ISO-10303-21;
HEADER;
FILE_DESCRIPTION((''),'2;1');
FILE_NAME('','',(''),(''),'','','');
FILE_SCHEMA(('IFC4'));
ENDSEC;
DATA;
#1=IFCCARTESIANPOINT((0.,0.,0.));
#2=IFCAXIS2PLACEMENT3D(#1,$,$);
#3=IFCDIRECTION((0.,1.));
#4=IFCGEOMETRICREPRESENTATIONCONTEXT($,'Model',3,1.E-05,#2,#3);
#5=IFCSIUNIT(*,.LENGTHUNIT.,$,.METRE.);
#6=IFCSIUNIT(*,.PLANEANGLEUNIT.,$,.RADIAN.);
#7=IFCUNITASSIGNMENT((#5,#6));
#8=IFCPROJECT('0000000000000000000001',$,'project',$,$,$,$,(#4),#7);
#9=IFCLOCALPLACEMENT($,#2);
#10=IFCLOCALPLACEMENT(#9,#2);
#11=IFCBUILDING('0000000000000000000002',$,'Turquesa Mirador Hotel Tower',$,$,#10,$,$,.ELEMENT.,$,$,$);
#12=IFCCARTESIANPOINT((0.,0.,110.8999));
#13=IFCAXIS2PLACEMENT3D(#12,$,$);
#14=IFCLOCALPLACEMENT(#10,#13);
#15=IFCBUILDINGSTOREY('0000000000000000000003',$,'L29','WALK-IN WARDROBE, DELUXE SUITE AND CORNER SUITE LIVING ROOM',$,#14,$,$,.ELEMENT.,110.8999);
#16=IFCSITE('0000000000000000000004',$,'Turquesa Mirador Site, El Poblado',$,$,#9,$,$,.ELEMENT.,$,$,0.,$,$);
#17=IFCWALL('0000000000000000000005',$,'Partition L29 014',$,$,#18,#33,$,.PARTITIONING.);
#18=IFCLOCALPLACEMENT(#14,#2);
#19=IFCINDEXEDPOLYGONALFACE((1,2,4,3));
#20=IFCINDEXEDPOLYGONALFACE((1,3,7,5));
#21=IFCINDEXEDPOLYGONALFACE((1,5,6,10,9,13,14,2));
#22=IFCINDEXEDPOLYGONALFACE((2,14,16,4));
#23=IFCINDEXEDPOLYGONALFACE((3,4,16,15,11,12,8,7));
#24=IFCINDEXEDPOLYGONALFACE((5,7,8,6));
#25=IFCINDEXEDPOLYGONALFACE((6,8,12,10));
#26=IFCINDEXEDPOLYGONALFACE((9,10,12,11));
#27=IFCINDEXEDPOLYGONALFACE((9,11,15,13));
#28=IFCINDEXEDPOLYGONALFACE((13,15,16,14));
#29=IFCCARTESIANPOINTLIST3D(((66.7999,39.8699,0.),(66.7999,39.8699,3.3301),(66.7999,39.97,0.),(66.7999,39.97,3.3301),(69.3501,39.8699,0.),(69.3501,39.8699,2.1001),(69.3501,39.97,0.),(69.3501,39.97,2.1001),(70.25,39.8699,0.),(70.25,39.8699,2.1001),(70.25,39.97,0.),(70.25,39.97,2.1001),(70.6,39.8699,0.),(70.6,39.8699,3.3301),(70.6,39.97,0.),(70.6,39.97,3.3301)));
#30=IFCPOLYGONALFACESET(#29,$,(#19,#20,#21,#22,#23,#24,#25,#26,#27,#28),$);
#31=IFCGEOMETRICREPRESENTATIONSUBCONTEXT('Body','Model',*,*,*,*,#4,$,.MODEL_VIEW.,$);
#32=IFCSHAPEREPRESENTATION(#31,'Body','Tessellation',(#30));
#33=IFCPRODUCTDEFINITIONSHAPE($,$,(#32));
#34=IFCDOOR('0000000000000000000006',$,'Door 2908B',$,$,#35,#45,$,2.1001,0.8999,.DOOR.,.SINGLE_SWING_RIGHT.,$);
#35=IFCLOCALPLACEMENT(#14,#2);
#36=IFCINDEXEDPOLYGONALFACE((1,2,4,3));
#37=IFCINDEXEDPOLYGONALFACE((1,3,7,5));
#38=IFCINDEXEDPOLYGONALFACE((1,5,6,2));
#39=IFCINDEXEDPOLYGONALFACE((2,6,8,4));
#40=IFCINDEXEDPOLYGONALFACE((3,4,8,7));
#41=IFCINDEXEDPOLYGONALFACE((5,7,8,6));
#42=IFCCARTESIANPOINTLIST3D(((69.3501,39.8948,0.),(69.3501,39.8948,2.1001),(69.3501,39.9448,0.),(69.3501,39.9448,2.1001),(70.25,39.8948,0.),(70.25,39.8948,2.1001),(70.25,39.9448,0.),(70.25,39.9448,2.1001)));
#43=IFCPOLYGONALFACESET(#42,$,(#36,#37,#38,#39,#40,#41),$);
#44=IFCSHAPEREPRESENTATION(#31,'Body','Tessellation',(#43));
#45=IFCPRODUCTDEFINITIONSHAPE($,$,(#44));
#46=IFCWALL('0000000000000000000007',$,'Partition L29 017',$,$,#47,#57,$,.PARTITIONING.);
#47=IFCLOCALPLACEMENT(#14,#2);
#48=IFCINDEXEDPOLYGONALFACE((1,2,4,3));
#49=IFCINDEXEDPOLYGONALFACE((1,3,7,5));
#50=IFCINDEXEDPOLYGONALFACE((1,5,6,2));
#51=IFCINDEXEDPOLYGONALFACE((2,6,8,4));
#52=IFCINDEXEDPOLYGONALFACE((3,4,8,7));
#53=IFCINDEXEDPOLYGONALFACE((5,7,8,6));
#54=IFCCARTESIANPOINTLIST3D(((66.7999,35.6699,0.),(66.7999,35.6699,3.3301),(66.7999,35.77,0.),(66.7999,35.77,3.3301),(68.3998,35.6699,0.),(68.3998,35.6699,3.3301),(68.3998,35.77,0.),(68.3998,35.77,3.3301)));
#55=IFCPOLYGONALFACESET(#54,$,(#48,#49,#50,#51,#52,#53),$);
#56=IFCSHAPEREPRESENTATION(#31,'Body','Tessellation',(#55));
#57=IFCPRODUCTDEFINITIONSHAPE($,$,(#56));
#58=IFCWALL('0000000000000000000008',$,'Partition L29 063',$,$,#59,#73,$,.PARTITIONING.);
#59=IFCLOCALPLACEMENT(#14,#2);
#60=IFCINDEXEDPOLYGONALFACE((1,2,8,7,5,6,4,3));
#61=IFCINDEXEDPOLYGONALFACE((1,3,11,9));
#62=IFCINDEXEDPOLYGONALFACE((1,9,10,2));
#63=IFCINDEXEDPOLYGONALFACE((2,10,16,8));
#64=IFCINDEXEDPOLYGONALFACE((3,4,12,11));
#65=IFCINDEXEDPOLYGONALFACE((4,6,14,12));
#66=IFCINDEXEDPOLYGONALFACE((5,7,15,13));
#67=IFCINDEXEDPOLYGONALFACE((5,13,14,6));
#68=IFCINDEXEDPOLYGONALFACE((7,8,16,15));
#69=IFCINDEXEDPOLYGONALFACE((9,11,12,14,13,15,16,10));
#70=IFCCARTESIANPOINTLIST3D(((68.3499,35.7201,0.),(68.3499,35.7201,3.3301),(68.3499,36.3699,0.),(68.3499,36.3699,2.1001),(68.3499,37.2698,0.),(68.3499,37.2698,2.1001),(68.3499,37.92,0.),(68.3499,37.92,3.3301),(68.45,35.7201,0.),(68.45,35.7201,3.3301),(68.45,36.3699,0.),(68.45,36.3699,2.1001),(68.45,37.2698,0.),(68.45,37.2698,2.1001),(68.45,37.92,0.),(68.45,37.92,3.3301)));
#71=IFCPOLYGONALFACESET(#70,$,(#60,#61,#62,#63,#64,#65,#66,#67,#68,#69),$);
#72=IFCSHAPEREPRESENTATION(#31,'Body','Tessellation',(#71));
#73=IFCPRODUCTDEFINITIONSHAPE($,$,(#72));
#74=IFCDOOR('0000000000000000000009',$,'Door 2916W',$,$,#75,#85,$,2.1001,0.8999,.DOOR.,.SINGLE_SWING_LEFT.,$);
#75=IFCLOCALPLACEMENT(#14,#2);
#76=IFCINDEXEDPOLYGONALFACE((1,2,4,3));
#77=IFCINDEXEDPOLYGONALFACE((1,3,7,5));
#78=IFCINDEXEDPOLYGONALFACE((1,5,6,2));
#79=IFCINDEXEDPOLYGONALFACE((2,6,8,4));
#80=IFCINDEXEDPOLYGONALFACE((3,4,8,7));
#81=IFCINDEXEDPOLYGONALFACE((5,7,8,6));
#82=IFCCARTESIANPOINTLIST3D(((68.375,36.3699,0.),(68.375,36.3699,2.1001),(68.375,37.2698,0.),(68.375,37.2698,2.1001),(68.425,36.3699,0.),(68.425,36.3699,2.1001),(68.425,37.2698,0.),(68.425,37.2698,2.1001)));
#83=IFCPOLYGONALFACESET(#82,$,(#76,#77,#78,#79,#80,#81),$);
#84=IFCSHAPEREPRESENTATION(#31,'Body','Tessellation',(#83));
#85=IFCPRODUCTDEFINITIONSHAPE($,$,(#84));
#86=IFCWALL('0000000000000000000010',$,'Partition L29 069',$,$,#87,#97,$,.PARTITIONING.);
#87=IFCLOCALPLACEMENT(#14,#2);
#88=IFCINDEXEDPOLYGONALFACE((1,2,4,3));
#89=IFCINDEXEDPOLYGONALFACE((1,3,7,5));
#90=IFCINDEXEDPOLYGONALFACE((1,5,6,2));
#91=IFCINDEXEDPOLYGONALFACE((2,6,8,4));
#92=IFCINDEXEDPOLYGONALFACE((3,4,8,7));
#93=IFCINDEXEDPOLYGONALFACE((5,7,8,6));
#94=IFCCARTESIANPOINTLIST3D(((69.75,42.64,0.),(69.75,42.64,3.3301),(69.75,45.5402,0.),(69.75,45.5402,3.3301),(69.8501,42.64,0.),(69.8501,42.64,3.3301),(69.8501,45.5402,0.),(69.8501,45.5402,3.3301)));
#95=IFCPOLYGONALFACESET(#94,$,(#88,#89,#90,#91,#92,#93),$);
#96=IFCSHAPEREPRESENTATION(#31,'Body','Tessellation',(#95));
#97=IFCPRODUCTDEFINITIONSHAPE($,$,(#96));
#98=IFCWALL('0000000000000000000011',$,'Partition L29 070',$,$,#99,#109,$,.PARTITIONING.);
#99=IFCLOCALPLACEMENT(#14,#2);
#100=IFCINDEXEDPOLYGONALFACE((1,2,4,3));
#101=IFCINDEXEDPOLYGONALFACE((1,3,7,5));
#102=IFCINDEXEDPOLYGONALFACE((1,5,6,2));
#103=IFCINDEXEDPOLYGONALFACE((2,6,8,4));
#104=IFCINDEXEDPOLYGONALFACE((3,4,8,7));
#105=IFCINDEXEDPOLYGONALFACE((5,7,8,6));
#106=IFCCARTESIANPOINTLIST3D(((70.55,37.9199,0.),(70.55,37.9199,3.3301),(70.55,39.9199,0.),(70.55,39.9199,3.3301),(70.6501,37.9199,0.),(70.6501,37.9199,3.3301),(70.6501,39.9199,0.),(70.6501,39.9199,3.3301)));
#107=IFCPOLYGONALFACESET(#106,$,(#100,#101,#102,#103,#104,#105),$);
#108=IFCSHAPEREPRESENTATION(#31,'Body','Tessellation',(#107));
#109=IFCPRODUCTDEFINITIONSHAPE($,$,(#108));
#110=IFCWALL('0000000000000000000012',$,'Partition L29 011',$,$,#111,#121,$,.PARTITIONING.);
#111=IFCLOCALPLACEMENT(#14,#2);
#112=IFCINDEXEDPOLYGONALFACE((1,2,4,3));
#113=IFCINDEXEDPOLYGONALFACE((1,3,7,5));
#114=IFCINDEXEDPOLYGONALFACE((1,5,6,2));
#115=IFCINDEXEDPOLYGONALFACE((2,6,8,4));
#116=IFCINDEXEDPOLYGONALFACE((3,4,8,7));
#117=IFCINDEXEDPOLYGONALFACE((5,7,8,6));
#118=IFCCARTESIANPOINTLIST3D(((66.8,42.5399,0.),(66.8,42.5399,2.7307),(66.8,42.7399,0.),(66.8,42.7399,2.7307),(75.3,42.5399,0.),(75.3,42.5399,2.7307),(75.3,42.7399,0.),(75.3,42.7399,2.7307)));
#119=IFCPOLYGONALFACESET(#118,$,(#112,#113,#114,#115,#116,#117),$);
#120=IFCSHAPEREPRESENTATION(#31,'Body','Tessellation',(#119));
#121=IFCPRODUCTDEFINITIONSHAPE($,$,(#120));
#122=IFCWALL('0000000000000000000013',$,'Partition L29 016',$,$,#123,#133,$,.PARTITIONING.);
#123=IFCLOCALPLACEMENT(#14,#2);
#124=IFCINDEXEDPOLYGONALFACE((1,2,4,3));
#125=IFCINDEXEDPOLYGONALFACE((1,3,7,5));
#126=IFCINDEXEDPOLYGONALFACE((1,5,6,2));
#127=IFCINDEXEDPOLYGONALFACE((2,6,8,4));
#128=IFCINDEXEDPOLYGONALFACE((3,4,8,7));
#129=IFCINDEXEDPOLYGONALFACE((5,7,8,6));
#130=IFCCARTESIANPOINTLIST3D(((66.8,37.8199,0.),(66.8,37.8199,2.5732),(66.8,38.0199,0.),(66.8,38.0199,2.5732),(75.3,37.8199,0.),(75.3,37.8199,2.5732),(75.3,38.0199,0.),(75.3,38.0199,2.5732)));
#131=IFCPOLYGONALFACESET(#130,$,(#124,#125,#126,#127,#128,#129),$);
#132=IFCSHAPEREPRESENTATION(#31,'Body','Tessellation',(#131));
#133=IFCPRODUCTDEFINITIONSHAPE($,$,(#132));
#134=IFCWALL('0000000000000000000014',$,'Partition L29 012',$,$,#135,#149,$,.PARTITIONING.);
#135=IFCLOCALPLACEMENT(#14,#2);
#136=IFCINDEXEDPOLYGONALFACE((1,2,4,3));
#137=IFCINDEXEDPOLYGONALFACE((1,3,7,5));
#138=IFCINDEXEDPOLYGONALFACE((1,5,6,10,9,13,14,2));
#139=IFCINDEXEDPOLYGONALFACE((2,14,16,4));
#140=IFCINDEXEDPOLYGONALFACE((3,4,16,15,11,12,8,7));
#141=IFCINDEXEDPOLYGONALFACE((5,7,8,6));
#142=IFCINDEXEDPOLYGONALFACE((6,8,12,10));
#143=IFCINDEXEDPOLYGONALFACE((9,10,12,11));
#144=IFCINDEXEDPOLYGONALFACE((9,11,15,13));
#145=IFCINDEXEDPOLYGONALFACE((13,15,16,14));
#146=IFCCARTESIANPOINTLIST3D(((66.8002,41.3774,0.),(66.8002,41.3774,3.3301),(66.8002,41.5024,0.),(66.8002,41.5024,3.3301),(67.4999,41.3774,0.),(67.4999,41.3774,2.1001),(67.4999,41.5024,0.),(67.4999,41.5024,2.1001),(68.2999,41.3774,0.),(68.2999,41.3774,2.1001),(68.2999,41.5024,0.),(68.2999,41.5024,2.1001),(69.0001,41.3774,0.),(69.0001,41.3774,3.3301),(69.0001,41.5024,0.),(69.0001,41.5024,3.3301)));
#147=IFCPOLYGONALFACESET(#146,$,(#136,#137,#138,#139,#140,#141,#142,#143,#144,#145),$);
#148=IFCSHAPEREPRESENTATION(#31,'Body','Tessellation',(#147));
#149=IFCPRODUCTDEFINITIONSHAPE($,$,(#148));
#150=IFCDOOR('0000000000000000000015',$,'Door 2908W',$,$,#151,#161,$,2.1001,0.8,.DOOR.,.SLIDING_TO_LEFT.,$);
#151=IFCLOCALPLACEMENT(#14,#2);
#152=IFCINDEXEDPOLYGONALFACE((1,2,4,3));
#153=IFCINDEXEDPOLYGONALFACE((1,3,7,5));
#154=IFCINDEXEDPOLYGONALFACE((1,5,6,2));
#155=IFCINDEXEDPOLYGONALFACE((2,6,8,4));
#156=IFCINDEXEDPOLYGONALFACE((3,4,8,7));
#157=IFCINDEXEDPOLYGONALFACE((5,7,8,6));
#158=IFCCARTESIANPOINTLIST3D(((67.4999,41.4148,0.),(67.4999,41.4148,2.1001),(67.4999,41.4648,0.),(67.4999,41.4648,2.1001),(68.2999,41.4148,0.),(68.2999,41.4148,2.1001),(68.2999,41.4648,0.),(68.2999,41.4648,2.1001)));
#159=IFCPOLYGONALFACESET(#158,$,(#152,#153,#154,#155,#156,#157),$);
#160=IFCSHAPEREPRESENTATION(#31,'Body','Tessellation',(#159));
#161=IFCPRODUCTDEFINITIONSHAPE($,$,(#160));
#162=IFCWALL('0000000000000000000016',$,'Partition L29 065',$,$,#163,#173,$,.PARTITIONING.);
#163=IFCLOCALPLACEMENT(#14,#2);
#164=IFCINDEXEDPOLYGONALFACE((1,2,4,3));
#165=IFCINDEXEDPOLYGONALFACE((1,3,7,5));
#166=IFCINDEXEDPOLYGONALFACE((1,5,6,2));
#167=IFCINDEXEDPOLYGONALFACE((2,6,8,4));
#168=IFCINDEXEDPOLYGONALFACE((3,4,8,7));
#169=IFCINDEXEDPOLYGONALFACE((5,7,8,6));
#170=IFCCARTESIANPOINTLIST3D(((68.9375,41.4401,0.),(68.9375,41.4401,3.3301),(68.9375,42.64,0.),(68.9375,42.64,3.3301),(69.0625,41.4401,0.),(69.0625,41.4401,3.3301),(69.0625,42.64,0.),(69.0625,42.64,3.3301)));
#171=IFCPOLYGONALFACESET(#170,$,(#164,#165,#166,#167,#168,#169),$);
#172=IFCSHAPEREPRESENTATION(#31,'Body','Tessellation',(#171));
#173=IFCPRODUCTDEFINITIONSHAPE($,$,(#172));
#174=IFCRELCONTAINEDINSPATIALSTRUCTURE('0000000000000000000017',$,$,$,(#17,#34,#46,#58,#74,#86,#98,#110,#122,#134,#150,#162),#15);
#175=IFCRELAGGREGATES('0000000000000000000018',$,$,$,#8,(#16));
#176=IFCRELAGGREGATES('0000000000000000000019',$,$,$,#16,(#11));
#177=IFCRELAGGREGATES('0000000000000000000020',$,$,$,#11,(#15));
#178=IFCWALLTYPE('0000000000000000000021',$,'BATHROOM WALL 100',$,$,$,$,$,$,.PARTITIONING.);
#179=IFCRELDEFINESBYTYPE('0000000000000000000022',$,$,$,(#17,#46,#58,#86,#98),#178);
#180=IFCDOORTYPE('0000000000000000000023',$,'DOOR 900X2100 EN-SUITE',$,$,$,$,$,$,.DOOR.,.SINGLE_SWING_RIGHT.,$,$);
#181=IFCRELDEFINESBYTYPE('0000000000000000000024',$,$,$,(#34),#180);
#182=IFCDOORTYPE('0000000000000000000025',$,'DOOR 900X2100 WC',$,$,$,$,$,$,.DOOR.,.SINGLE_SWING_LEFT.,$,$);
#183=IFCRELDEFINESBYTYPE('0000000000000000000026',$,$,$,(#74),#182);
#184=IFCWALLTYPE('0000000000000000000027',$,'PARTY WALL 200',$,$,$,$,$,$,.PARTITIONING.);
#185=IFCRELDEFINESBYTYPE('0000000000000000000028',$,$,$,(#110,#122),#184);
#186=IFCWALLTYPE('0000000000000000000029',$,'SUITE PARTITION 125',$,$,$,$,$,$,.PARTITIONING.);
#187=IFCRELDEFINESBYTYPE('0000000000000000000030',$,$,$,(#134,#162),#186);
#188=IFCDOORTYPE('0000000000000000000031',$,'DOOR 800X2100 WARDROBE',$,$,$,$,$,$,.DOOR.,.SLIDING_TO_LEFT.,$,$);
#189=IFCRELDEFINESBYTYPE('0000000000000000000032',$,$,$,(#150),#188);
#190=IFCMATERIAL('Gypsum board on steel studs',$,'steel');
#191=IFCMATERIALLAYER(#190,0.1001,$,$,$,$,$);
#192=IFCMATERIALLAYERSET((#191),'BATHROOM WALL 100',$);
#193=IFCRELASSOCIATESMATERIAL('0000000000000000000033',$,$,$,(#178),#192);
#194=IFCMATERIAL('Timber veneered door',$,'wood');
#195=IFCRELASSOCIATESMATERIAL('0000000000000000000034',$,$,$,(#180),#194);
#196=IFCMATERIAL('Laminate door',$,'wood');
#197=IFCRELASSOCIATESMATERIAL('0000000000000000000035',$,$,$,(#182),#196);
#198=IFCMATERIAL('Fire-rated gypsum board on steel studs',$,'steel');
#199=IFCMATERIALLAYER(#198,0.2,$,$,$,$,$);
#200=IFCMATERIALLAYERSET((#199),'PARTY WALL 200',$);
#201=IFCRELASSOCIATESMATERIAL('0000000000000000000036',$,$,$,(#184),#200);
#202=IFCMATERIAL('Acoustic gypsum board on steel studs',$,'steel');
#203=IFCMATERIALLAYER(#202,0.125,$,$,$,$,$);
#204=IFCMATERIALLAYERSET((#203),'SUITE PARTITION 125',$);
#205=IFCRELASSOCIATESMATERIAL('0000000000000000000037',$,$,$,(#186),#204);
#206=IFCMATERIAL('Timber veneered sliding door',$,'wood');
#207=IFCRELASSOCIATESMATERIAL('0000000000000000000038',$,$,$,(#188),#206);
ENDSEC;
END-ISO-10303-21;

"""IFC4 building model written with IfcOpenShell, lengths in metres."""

from ifc_helpers import new_model, si_unit, direction, frame, frame_2d, origin, place, context, subcontext, project, spatial, rectangle, extrude, material, layer, layer_set, type_object, element, fill, save


model = new_model("IFC4")

# Units and contexts
model_context = context("Model", 3, precision=1e-05, world=origin(), true_north=direction((0.0, 1.0)))
body_context = subcontext(model_context, "Body", "Model", "MODEL_VIEW")
ifc_project = project(units=[si_unit("LENGTHUNIT", "METRE"), si_unit("PLANEANGLEUNIT", "RADIAN")], contexts=[model_context])

# Site, building, storey
site_placement = place(None, origin())
site = spatial("IfcSite", under=ifc_project, at=site_placement, Name="Turquesa Mirador Site, El Poblado", CompositionType="ELEMENT", RefElevation=0.0)
building_placement = place(site_placement, origin())
building = spatial("IfcBuilding", under=site, at=building_placement, Name="Turquesa Mirador Hotel Tower", CompositionType="ELEMENT")
storey_placement = place(building_placement, frame((0.0, 0.0, 110.8999)))
storey = spatial("IfcBuildingStorey", under=building, at=storey_placement, Name="L29", Description="WALK-IN WARDROBE, DELUXE SUITE AND CORNER SUITE LIVING ROOM", CompositionType="ELEMENT", Elevation=110.8999)

# Wall, opening, door
ifc_material_1 = material(Name="Gypsum board on steel studs", Category="steel")
ifc_layer_1 = layer(ifc_material_1, 0.1001)
ifc_layer_set_1 = layer_set([ifc_layer_1], Name="BATHROOM WALL 100")
wall_type_1 = type_object("IfcWallType", Name="BATHROOM WALL 100", PredefinedType="PARTITIONING", material=ifc_layer_set_1)
wall_1_placement = place(storey_placement, frame((66.8, 39.9199, 0.0), z_axis=(0.0, 0.0, 1.0), x_axis=(1.0, 0.0, 0.0)))
wall_1 = element("IfcWall", 1, at=wall_1_placement, inside=storey, type_object=wall_type_1, Name="Partition L29 014", PredefinedType="PARTITIONING", context=body_context, shape_type="SweptSolid", body=[
    extrude(rectangle(XDim=3.8, YDim=0.1001, at=frame_2d((1.8999, 0.0))), origin(), (0.0, 0.0, 1.0), 3.3301),
])
opening_1_placement = place(wall_1_placement, frame((2.55, 0.0, 0.0)))
opening_1 = element("IfcOpeningElement", 2, at=opening_1_placement, cuts=wall_1, PredefinedType="OPENING", context=body_context, shape_type="SweptSolid", body=[
    extrude(rectangle(XDim=0.8999, YDim=2.1001, at=frame_2d((0.45, 1.05))), frame((0.0, 0.0601, 0.0), z_axis=(0.0, -1.0, 0.0), x_axis=(1.0, 0.0, 0.0)), (0.0, 0.0, 1.0), 0.1201),
])
ifc_material_2 = material(Name="Timber veneered door", Category="wood")
door_type_1 = type_object("IfcDoorType", Name="DOOR 900X2100 EN-SUITE", OperationType="SINGLE_SWING_RIGHT", PredefinedType="DOOR", material=ifc_material_2)
door_1_placement = place(opening_1_placement, origin())
door_1 = element("IfcDoor", 3, at=door_1_placement, inside=storey, type_object=door_type_1, Name="Door 2908B", OperationType="SINGLE_SWING_RIGHT", OverallHeight=2.1001, OverallWidth=0.8999, PredefinedType="DOOR", context=body_context, shape_type="SweptSolid", body=[
    extrude(rectangle(XDim=0.8999, YDim=2.1001, at=frame_2d((0.45, 1.05))), frame((0.0, 0.0249, 0.0), z_axis=(0.0, -1.0, 0.0), x_axis=(1.0, 0.0, 0.0)), (0.0, 0.0, 1.0), 0.05),
])
fill(opening_1, door_1)

# Wall
wall_2_placement = place(storey_placement, frame((66.8, 35.72, 0.0), z_axis=(0.0, 0.0, 1.0), x_axis=(1.0, 0.0, 0.0)))
element("IfcWall", 4, at=wall_2_placement, inside=storey, type_object=wall_type_1, Name="Partition L29 017", PredefinedType="PARTITIONING", context=body_context, shape_type="SweptSolid", body=[
    extrude(rectangle(XDim=1.5999, YDim=0.1001, at=frame_2d((0.7998, 0.0))), origin(), (0.0, 0.0, 1.0), 3.3301),
])

# Wall, opening, door
wall_3_placement = place(storey_placement, frame((68.3999, 35.72, 0.0), z_axis=(0.0, 0.0, 1.0), x_axis=(0.0, 1.0, 0.0)))
wall_3 = element("IfcWall", 5, at=wall_3_placement, inside=storey, type_object=wall_type_1, Name="Partition L29 063", PredefinedType="PARTITIONING", context=body_context, shape_type="SweptSolid", body=[
    extrude(rectangle(XDim=2.2, YDim=0.1001, at=frame_2d((1.1001, 0.0))), origin(), (0.0, 0.0, 1.0), 3.3301),
])
opening_2_placement = place(wall_3_placement, frame((0.6499, 0.0, 0.0)))
opening_2 = element("IfcOpeningElement", 6, at=opening_2_placement, cuts=wall_3, PredefinedType="OPENING", context=body_context, shape_type="SweptSolid", body=[
    extrude(rectangle(XDim=0.8999, YDim=2.1001, at=frame_2d((0.45, 1.05))), frame((0.0, 0.0601, 0.0), z_axis=(0.0, -1.0, 0.0), x_axis=(1.0, 0.0, 0.0)), (0.0, 0.0, 1.0), 0.1201),
])
ifc_material_3 = material(Name="Laminate door", Category="wood")
door_type_2 = type_object("IfcDoorType", Name="DOOR 900X2100 WC", OperationType="SINGLE_SWING_LEFT", PredefinedType="DOOR", material=ifc_material_3)
door_2_placement = place(opening_2_placement, origin())
door_2 = element("IfcDoor", 7, at=door_2_placement, inside=storey, type_object=door_type_2, Name="Door 2916W", OperationType="SINGLE_SWING_LEFT", OverallHeight=2.1001, OverallWidth=0.8999, PredefinedType="DOOR", context=body_context, shape_type="SweptSolid", body=[
    extrude(rectangle(XDim=0.8999, YDim=2.1001, at=frame_2d((0.45, 1.05))), frame((0.0, 0.0249, 0.0), z_axis=(0.0, -1.0, 0.0), x_axis=(1.0, 0.0, 0.0)), (0.0, 0.0, 1.0), 0.05),
])
fill(opening_2, door_2)

# Walls
wall_4_placement = place(storey_placement, frame((69.8, 42.6399, 0.0), z_axis=(0.0, 0.0, 1.0), x_axis=(0.0, 1.0, 0.0)))
element("IfcWall", 8, at=wall_4_placement, inside=storey, type_object=wall_type_1, Name="Partition L29 069", PredefinedType="PARTITIONING", context=body_context, shape_type="SweptSolid", body=[
    extrude(rectangle(XDim=2.9001, YDim=0.1001, at=frame_2d((1.4502, 0.0))), origin(), (0.0, 0.0, 1.0), 3.3301),
])
wall_5_placement = place(storey_placement, frame((70.6001, 37.9199, 0.0), z_axis=(0.0, 0.0, 1.0), x_axis=(0.0, 1.0, 0.0)))
element("IfcWall", 9, at=wall_5_placement, inside=storey, type_object=wall_type_1, Name="Partition L29 070", PredefinedType="PARTITIONING", context=body_context, shape_type="SweptSolid", body=[
    extrude(rectangle(XDim=2.0, YDim=0.1001, at=frame_2d((1.0, 0.0))), origin(), (0.0, 0.0, 1.0), 3.3301),
])
ifc_material_4 = material(Name="Fire-rated gypsum board on steel studs", Category="steel")
ifc_layer_2 = layer(ifc_material_4, 0.2)
ifc_layer_set_2 = layer_set([ifc_layer_2], Name="PARTY WALL 200")
wall_type_2 = type_object("IfcWallType", Name="PARTY WALL 200", PredefinedType="PARTITIONING", material=ifc_layer_set_2)
wall_6_placement = place(storey_placement, frame((66.8, 42.6399, 0.0), z_axis=(0.0, 0.0, 1.0), x_axis=(1.0, 0.0, 0.0)))
element("IfcWall", 10, at=wall_6_placement, inside=storey, type_object=wall_type_2, Name="Partition L29 011", PredefinedType="PARTITIONING", context=body_context, shape_type="SweptSolid", body=[
    extrude(rectangle(XDim=8.5, YDim=0.2, at=frame_2d((4.25, 0.0))), origin(), (0.0, 0.0, 1.0), 2.7307),
])
wall_7_placement = place(storey_placement, frame((66.8, 37.9199, 0.0), z_axis=(0.0, 0.0, 1.0), x_axis=(1.0, 0.0, 0.0)))
element("IfcWall", 11, at=wall_7_placement, inside=storey, type_object=wall_type_2, Name="Partition L29 016", PredefinedType="PARTITIONING", context=body_context, shape_type="SweptSolid", body=[
    extrude(rectangle(XDim=8.5, YDim=0.2, at=frame_2d((4.25, 0.0))), origin(), (0.0, 0.0, 1.0), 2.5732),
])

# Wall, opening, door
ifc_material_5 = material(Name="Acoustic gypsum board on steel studs", Category="steel")
ifc_layer_3 = layer(ifc_material_5, 0.125)
ifc_layer_set_3 = layer_set([ifc_layer_3], Name="SUITE PARTITION 125")
wall_type_3 = type_object("IfcWallType", Name="SUITE PARTITION 125", PredefinedType="PARTITIONING", material=ifc_layer_set_3)
wall_8_placement = place(storey_placement, frame((66.8, 41.4399, 0.0), z_axis=(0.0, 0.0, 1.0), x_axis=(1.0, 0.0, 0.0)))
wall_8 = element("IfcWall", 12, at=wall_8_placement, inside=storey, type_object=wall_type_3, Name="Partition L29 012", PredefinedType="PARTITIONING", context=body_context, shape_type="SweptSolid", body=[
    extrude(rectangle(XDim=2.2, YDim=0.125, at=frame_2d((1.1001, 0.0))), origin(), (0.0, 0.0, 1.0), 3.3301),
])
opening_3_placement = place(wall_8_placement, frame((0.7, 0.0, 0.0)))
opening_3 = element("IfcOpeningElement", 13, at=opening_3_placement, cuts=wall_8, PredefinedType="OPENING", context=body_context, shape_type="SweptSolid", body=[
    extrude(rectangle(XDim=0.8, YDim=2.1001, at=frame_2d((0.3999, 1.05))), frame((0.0, 0.0725, 0.0), z_axis=(0.0, -1.0, 0.0), x_axis=(1.0, 0.0, 0.0)), (0.0, 0.0, 1.0), 0.145),
])
ifc_material_6 = material(Name="Timber veneered sliding door", Category="wood")
door_type_3 = type_object("IfcDoorType", Name="DOOR 800X2100 WARDROBE", OperationType="SLIDING_TO_LEFT", PredefinedType="DOOR", material=ifc_material_6)
door_3_placement = place(opening_3_placement, origin())
door_3 = element("IfcDoor", 14, at=door_3_placement, inside=storey, type_object=door_type_3, Name="Door 2908W", OperationType="SLIDING_TO_LEFT", OverallHeight=2.1001, OverallWidth=0.8, PredefinedType="DOOR", context=body_context, shape_type="SweptSolid", body=[
    extrude(rectangle(XDim=0.8, YDim=2.1001, at=frame_2d((0.3999, 1.05))), frame((0.0, 0.0249, 0.0), z_axis=(0.0, -1.0, 0.0), x_axis=(1.0, 0.0, 0.0)), (0.0, 0.0, 1.0), 0.05),
])
fill(opening_3, door_3)

# Wall
wall_9_placement = place(storey_placement, frame((69.0, 41.4399, 0.0), z_axis=(0.0, 0.0, 1.0), x_axis=(0.0, 1.0, 0.0)))
element("IfcWall", 15, at=wall_9_placement, inside=storey, type_object=wall_type_3, Name="Partition L29 065", PredefinedType="PARTITIONING", context=body_context, shape_type="SweptSolid", body=[
    extrude(rectangle(XDim=1.2, YDim=0.125, at=frame_2d((0.6001, 0.0))), origin(), (0.0, 0.0, 1.0), 3.3301),
])

save(model, "model.ifc")
